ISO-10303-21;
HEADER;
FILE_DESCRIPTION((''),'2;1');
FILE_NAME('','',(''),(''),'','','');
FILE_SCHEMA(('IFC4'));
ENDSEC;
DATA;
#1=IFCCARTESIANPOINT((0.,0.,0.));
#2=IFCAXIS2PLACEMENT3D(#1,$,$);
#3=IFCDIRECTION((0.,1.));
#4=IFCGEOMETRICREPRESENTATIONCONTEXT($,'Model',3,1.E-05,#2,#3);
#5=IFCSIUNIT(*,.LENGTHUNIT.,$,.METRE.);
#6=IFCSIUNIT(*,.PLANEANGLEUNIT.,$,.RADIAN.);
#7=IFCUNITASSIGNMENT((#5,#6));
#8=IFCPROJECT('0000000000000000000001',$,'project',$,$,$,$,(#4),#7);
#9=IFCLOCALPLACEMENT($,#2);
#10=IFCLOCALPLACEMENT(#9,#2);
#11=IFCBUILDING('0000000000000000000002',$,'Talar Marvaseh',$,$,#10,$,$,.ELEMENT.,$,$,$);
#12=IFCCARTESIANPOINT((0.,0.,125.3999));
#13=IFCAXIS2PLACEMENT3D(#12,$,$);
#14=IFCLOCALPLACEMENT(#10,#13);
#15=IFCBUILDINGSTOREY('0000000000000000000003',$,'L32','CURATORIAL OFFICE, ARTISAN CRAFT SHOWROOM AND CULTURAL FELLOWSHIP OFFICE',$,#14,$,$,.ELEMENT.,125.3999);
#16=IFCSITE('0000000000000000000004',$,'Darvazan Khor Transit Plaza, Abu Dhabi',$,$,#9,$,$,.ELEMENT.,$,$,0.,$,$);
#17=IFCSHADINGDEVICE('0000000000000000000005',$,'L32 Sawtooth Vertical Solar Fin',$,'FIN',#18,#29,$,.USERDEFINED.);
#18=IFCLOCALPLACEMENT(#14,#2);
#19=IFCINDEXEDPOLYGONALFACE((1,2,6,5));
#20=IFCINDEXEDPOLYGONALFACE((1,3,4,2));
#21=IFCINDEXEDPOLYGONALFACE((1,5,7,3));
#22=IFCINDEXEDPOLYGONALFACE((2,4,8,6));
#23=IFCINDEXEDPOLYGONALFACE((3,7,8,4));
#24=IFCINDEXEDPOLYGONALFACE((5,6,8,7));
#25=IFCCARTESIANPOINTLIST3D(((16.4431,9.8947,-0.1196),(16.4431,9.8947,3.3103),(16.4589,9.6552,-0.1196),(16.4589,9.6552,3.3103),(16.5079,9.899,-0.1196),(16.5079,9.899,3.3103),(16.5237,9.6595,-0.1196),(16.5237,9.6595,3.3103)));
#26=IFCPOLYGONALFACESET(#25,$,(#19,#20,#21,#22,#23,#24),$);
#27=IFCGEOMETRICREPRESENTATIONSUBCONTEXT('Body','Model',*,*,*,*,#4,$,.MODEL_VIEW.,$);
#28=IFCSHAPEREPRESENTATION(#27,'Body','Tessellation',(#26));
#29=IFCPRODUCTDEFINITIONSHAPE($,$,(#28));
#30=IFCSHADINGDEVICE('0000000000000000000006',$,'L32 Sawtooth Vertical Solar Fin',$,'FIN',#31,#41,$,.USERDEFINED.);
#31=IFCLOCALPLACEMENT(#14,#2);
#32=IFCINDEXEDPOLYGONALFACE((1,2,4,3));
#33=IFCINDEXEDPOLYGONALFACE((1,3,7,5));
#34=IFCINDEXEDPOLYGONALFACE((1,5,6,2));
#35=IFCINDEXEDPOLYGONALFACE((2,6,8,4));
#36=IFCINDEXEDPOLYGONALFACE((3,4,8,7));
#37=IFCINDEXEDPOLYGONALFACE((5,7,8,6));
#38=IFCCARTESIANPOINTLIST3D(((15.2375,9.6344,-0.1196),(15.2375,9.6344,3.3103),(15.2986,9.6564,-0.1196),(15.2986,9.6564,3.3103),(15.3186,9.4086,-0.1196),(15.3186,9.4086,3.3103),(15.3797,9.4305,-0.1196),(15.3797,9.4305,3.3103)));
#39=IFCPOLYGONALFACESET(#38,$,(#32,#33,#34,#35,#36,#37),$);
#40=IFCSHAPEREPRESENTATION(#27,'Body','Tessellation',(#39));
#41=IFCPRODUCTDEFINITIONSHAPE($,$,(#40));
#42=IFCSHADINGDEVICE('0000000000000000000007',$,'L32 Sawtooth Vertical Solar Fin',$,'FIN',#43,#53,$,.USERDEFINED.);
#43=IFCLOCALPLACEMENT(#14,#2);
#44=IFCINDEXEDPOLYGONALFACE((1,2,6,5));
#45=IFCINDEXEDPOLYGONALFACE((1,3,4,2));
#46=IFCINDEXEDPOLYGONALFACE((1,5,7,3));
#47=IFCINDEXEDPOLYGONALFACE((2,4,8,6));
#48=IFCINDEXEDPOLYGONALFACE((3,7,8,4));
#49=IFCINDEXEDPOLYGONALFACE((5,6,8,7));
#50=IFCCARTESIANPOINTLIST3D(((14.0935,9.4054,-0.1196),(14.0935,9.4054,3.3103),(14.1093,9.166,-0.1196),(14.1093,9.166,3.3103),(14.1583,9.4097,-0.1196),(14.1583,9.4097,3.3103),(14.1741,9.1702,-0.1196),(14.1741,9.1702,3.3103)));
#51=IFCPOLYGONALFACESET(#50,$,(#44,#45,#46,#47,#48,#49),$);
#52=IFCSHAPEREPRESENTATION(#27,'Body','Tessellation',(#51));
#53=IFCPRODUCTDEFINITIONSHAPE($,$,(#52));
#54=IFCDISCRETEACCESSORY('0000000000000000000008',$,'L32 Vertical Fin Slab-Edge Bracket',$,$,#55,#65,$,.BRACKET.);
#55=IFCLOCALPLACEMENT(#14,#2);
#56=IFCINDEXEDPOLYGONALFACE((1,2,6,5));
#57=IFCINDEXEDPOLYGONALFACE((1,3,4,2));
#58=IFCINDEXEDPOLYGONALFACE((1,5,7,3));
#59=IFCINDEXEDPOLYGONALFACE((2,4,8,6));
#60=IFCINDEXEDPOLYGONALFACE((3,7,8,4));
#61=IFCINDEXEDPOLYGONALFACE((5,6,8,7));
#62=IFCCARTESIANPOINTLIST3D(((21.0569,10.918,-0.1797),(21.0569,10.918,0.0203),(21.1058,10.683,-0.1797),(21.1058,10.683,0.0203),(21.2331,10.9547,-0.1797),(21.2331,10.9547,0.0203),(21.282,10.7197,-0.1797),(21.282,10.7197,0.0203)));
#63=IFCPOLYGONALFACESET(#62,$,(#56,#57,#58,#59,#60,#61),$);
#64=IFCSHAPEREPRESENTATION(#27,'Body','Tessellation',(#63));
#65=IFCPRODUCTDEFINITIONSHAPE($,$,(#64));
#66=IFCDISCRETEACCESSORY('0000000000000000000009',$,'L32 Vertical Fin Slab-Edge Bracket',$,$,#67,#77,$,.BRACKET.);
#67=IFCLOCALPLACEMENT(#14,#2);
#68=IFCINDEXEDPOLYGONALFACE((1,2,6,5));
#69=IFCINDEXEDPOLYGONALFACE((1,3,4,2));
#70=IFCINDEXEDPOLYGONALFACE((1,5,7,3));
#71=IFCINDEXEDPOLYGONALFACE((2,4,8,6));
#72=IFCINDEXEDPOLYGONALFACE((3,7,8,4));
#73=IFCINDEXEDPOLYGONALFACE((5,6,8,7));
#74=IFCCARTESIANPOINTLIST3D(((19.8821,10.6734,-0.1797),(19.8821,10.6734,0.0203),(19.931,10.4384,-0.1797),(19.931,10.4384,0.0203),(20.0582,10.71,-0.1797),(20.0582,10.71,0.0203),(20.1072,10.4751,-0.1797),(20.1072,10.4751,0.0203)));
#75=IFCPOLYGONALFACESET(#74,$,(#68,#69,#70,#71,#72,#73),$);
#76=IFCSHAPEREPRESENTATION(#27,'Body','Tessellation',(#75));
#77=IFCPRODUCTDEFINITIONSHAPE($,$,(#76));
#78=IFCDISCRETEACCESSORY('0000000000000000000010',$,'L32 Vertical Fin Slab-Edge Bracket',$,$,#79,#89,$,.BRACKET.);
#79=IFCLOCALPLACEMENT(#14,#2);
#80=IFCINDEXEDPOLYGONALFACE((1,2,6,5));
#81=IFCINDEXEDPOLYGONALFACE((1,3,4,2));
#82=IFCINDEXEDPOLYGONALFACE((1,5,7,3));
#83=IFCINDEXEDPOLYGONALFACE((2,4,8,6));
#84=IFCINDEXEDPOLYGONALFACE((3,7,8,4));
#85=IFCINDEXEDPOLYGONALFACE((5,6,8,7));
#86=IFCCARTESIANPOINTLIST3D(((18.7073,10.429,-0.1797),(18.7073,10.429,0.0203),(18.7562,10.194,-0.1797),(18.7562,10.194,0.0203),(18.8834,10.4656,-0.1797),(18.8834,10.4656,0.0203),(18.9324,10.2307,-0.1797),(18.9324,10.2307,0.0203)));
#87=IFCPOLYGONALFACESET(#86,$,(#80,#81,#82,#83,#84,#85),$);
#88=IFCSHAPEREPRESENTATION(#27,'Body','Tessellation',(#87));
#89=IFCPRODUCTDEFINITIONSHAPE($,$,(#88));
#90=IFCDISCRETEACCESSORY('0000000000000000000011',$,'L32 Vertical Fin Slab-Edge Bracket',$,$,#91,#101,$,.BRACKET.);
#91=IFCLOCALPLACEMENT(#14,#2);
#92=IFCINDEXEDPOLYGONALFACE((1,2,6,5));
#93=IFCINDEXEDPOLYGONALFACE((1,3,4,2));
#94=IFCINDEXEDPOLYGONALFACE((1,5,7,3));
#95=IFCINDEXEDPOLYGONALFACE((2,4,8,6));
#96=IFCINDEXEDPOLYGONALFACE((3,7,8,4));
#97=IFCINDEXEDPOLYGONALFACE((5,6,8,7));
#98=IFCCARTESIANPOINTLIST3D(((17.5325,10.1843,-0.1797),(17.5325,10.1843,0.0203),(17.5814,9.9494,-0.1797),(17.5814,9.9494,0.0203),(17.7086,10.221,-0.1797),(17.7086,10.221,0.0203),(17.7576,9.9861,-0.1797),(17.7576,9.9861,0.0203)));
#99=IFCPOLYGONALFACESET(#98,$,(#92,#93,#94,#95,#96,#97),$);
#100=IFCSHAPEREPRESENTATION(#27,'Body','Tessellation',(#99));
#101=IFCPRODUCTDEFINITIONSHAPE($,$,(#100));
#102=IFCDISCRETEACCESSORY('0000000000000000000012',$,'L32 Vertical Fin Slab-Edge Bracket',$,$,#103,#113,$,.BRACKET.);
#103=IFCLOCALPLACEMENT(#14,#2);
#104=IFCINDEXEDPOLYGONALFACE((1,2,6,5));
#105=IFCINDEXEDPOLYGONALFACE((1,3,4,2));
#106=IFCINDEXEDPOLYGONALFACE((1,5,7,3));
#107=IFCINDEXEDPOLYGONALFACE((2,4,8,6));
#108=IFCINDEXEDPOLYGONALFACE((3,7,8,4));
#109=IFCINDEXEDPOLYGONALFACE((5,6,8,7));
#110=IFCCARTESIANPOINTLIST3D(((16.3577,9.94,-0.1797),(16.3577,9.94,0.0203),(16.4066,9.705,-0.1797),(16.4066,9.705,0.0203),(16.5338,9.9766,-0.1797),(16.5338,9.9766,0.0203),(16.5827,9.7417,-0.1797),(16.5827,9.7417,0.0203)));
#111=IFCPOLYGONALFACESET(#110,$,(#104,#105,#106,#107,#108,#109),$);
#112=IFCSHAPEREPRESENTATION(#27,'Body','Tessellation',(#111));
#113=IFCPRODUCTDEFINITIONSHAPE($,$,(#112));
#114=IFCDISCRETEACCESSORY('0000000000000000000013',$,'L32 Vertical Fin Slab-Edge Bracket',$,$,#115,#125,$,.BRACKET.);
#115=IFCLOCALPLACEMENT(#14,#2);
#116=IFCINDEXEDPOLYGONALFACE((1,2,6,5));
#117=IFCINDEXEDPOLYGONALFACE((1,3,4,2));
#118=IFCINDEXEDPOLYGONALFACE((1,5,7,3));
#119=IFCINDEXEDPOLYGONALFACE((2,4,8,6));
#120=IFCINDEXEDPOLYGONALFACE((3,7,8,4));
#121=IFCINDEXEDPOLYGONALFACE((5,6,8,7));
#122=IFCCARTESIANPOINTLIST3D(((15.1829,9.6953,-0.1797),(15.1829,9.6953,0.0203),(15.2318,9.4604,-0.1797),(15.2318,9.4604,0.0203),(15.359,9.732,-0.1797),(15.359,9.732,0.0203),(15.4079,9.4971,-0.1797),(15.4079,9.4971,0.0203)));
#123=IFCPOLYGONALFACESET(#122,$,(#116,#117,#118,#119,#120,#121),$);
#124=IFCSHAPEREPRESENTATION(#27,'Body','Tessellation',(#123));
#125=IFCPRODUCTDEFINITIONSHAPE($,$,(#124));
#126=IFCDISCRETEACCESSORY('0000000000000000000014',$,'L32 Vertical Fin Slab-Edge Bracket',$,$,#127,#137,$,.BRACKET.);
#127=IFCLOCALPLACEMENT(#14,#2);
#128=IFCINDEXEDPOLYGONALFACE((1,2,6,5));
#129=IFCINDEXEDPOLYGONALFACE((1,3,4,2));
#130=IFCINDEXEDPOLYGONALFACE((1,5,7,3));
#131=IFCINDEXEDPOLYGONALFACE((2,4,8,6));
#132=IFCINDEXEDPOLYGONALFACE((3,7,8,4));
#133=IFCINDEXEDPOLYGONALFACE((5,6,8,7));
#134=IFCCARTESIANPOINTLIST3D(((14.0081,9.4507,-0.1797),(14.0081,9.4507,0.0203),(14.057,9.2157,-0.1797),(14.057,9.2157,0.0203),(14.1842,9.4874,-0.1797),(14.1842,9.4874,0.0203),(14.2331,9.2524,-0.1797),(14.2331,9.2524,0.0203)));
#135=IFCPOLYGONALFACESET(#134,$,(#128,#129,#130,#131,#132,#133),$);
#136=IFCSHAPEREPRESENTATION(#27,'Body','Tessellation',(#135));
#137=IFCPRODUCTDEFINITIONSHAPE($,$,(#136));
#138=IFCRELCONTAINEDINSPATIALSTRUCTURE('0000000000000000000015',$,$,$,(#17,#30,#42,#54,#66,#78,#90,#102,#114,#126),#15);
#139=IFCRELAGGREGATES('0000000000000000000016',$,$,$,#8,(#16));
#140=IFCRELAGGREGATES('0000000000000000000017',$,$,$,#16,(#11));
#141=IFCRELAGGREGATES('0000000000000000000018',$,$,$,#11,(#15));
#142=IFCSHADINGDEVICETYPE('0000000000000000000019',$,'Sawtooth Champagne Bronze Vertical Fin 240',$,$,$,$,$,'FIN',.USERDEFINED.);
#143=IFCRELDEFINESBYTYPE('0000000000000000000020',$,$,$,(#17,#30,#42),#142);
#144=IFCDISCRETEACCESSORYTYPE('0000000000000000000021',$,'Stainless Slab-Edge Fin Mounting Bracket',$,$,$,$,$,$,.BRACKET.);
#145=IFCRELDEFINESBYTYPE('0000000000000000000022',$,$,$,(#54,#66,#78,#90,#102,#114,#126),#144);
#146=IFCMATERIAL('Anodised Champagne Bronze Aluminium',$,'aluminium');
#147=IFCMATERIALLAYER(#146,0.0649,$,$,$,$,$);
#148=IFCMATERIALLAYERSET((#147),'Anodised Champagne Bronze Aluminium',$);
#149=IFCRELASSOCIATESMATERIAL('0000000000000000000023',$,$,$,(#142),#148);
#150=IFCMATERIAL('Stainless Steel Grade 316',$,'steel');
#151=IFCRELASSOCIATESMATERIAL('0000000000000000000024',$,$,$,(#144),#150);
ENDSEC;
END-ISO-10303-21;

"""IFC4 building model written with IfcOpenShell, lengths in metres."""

from ifc_helpers import new_model, si_unit, direction, frame, origin, origin_2d, place, context, subcontext, project, spatial, rectangle, extrude, source, transform, mapped, material, layer, layer_set, type_object, type_shapes, element, save


model = new_model("IFC4")

# Units and contexts
model_context = context("Model", 3, precision=1e-05, world=origin(), true_north=direction((0.0, 1.0)))
body_context = subcontext(model_context, "Body", "Model", "MODEL_VIEW")
ifc_project = project(units=[si_unit("LENGTHUNIT", "METRE"), si_unit("PLANEANGLEUNIT", "RADIAN")], contexts=[model_context])

# Site, building, storey
site_placement = place(None, origin())
site = spatial("IfcSite", under=ifc_project, at=site_placement, Name="Darvazan Khor Transit Plaza, Abu Dhabi", CompositionType="ELEMENT", RefElevation=0.0)
building_placement = place(site_placement, origin())
building = spatial("IfcBuilding", under=site, at=building_placement, Name="Talar Marvaseh", CompositionType="ELEMENT")
storey_placement = place(building_placement, frame((0.0, 0.0, 125.3999)))
storey = spatial("IfcBuildingStorey", under=building, at=storey_placement, Name="L32", Description="CURATORIAL OFFICE, ARTISAN CRAFT SHOWROOM AND CULTURAL FELLOWSHIP OFFICE", CompositionType="ELEMENT", Elevation=125.3999)

# Shading devices
ifc_material_1 = material(Name="Anodised Champagne Bronze Aluminium", Category="aluminium")
ifc_layer_1 = layer(ifc_material_1, 0.0649)
ifc_layer_set_1 = layer_set([ifc_layer_1], Name="Anodised Champagne Bronze Aluminium")
shading_device_type = type_object("IfcShadingDeviceType", Name="Sawtooth Champagne Bronze Vertical Fin 240", ElementType="FIN", PredefinedType="USERDEFINED", material=ifc_layer_set_1)
shared_shape_1 = source(origin(), body_context, "Body", "SweptSolid", [
    extrude(rectangle(XDim=0.24, YDim=0.0649, at=origin_2d()), origin(), (0.0, 0.0, 1.0), 3.4299),
])
type_shapes(shading_device_type, [shared_shape_1])
for number, where, z_axis, x_axis, name in (
    (1, (16.4834, 9.7771, -0.1196), (0.0, 0.0, 1.0), (0.065577, -0.997847, 0.0), "L32 Sawtooth Vertical Solar Fin"),
    (2, (15.3086, 9.5325, -0.1196), (0.0, 0.0, 1.0), (0.338081, -0.941117, 0.0), "L32 Sawtooth Vertical Solar Fin"),
    (3, (14.1338, 9.2878, -0.1196), (0.0, 0.0, 1.0), (0.065577, -0.997847, 0.0), "L32 Sawtooth Vertical Solar Fin"),
):
    element("IfcShadingDevice", number, at=place(storey_placement, frame(where, z_axis=z_axis, x_axis=x_axis)), inside=storey, type_object=shading_device_type, Name=name, ObjectType="FIN", PredefinedType="USERDEFINED", context=body_context, shape_type="MappedRepresentation", body=[
        mapped(shared_shape_1, transform((0.0, 0.0, 0.0), x_axis=(1.0, 0.0, 0.0), y_axis=(0.0, 1.0, 0.0), z_axis=(0.0, 0.0, 1.0), scale=1.0)),
    ])

# Discrete accessories
ifc_material_2 = material(Name="Stainless Steel Grade 316", Category="steel")
discrete_accessory_type = type_object("IfcDiscreteAccessoryType", Name="Stainless Slab-Edge Fin Mounting Bracket", PredefinedType="BRACKET", material=ifc_material_2)
shared_shape_2 = source(origin(), body_context, "Body", "SweptSolid", [
    extrude(rectangle(XDim=0.24, YDim=0.1799, at=origin_2d()), origin(), (0.0, 0.0, 1.0), 0.2),
])
type_shapes(discrete_accessory_type, [shared_shape_2])
for number, where, z_axis, x_axis, name in (
    (4, (21.1694, 10.8188, -0.1797), (0.0, 0.0, 1.0), (0.203813, -0.97901, 0.0), "L32 Vertical Fin Slab-Edge Bracket"),
    (5, (19.9946, 10.5742, -0.1797), (0.0, 0.0, 1.0), (0.203813, -0.97901, 0.0), "L32 Vertical Fin Slab-Edge Bracket"),
    (6, (18.8198, 10.3298, -0.1797), (0.0, 0.0, 1.0), (0.203813, -0.97901, 0.0), "L32 Vertical Fin Slab-Edge Bracket"),
    (7, (17.645, 10.0852, -0.1797), (0.0, 0.0, 1.0), (0.203813, -0.97901, 0.0), "L32 Vertical Fin Slab-Edge Bracket"),
    (8, (16.4702, 9.8408, -0.1797), (0.0, 0.0, 1.0), (0.203813, -0.97901, 0.0), "L32 Vertical Fin Slab-Edge Bracket"),
    (9, (15.2954, 9.5962, -0.1797), (0.0, 0.0, 1.0), (0.203813, -0.97901, 0.0), "L32 Vertical Fin Slab-Edge Bracket"),
    (10, (14.1206, 9.3516, -0.1797), (0.0, 0.0, 1.0), (0.203813, -0.97901, 0.0), "L32 Vertical Fin Slab-Edge Bracket"),
):
    element("IfcDiscreteAccessory", number, at=place(storey_placement, frame(where, z_axis=z_axis, x_axis=x_axis)), inside=storey, type_object=discrete_accessory_type, Name=name, PredefinedType="BRACKET", context=body_context, shape_type="MappedRepresentation", body=[
        mapped(shared_shape_2, transform((0.0, 0.0, 0.0), x_axis=(1.0, 0.0, 0.0), y_axis=(0.0, 1.0, 0.0), z_axis=(0.0, 0.0, 1.0), scale=1.0)),
    ])

save(model, "model.ifc")
